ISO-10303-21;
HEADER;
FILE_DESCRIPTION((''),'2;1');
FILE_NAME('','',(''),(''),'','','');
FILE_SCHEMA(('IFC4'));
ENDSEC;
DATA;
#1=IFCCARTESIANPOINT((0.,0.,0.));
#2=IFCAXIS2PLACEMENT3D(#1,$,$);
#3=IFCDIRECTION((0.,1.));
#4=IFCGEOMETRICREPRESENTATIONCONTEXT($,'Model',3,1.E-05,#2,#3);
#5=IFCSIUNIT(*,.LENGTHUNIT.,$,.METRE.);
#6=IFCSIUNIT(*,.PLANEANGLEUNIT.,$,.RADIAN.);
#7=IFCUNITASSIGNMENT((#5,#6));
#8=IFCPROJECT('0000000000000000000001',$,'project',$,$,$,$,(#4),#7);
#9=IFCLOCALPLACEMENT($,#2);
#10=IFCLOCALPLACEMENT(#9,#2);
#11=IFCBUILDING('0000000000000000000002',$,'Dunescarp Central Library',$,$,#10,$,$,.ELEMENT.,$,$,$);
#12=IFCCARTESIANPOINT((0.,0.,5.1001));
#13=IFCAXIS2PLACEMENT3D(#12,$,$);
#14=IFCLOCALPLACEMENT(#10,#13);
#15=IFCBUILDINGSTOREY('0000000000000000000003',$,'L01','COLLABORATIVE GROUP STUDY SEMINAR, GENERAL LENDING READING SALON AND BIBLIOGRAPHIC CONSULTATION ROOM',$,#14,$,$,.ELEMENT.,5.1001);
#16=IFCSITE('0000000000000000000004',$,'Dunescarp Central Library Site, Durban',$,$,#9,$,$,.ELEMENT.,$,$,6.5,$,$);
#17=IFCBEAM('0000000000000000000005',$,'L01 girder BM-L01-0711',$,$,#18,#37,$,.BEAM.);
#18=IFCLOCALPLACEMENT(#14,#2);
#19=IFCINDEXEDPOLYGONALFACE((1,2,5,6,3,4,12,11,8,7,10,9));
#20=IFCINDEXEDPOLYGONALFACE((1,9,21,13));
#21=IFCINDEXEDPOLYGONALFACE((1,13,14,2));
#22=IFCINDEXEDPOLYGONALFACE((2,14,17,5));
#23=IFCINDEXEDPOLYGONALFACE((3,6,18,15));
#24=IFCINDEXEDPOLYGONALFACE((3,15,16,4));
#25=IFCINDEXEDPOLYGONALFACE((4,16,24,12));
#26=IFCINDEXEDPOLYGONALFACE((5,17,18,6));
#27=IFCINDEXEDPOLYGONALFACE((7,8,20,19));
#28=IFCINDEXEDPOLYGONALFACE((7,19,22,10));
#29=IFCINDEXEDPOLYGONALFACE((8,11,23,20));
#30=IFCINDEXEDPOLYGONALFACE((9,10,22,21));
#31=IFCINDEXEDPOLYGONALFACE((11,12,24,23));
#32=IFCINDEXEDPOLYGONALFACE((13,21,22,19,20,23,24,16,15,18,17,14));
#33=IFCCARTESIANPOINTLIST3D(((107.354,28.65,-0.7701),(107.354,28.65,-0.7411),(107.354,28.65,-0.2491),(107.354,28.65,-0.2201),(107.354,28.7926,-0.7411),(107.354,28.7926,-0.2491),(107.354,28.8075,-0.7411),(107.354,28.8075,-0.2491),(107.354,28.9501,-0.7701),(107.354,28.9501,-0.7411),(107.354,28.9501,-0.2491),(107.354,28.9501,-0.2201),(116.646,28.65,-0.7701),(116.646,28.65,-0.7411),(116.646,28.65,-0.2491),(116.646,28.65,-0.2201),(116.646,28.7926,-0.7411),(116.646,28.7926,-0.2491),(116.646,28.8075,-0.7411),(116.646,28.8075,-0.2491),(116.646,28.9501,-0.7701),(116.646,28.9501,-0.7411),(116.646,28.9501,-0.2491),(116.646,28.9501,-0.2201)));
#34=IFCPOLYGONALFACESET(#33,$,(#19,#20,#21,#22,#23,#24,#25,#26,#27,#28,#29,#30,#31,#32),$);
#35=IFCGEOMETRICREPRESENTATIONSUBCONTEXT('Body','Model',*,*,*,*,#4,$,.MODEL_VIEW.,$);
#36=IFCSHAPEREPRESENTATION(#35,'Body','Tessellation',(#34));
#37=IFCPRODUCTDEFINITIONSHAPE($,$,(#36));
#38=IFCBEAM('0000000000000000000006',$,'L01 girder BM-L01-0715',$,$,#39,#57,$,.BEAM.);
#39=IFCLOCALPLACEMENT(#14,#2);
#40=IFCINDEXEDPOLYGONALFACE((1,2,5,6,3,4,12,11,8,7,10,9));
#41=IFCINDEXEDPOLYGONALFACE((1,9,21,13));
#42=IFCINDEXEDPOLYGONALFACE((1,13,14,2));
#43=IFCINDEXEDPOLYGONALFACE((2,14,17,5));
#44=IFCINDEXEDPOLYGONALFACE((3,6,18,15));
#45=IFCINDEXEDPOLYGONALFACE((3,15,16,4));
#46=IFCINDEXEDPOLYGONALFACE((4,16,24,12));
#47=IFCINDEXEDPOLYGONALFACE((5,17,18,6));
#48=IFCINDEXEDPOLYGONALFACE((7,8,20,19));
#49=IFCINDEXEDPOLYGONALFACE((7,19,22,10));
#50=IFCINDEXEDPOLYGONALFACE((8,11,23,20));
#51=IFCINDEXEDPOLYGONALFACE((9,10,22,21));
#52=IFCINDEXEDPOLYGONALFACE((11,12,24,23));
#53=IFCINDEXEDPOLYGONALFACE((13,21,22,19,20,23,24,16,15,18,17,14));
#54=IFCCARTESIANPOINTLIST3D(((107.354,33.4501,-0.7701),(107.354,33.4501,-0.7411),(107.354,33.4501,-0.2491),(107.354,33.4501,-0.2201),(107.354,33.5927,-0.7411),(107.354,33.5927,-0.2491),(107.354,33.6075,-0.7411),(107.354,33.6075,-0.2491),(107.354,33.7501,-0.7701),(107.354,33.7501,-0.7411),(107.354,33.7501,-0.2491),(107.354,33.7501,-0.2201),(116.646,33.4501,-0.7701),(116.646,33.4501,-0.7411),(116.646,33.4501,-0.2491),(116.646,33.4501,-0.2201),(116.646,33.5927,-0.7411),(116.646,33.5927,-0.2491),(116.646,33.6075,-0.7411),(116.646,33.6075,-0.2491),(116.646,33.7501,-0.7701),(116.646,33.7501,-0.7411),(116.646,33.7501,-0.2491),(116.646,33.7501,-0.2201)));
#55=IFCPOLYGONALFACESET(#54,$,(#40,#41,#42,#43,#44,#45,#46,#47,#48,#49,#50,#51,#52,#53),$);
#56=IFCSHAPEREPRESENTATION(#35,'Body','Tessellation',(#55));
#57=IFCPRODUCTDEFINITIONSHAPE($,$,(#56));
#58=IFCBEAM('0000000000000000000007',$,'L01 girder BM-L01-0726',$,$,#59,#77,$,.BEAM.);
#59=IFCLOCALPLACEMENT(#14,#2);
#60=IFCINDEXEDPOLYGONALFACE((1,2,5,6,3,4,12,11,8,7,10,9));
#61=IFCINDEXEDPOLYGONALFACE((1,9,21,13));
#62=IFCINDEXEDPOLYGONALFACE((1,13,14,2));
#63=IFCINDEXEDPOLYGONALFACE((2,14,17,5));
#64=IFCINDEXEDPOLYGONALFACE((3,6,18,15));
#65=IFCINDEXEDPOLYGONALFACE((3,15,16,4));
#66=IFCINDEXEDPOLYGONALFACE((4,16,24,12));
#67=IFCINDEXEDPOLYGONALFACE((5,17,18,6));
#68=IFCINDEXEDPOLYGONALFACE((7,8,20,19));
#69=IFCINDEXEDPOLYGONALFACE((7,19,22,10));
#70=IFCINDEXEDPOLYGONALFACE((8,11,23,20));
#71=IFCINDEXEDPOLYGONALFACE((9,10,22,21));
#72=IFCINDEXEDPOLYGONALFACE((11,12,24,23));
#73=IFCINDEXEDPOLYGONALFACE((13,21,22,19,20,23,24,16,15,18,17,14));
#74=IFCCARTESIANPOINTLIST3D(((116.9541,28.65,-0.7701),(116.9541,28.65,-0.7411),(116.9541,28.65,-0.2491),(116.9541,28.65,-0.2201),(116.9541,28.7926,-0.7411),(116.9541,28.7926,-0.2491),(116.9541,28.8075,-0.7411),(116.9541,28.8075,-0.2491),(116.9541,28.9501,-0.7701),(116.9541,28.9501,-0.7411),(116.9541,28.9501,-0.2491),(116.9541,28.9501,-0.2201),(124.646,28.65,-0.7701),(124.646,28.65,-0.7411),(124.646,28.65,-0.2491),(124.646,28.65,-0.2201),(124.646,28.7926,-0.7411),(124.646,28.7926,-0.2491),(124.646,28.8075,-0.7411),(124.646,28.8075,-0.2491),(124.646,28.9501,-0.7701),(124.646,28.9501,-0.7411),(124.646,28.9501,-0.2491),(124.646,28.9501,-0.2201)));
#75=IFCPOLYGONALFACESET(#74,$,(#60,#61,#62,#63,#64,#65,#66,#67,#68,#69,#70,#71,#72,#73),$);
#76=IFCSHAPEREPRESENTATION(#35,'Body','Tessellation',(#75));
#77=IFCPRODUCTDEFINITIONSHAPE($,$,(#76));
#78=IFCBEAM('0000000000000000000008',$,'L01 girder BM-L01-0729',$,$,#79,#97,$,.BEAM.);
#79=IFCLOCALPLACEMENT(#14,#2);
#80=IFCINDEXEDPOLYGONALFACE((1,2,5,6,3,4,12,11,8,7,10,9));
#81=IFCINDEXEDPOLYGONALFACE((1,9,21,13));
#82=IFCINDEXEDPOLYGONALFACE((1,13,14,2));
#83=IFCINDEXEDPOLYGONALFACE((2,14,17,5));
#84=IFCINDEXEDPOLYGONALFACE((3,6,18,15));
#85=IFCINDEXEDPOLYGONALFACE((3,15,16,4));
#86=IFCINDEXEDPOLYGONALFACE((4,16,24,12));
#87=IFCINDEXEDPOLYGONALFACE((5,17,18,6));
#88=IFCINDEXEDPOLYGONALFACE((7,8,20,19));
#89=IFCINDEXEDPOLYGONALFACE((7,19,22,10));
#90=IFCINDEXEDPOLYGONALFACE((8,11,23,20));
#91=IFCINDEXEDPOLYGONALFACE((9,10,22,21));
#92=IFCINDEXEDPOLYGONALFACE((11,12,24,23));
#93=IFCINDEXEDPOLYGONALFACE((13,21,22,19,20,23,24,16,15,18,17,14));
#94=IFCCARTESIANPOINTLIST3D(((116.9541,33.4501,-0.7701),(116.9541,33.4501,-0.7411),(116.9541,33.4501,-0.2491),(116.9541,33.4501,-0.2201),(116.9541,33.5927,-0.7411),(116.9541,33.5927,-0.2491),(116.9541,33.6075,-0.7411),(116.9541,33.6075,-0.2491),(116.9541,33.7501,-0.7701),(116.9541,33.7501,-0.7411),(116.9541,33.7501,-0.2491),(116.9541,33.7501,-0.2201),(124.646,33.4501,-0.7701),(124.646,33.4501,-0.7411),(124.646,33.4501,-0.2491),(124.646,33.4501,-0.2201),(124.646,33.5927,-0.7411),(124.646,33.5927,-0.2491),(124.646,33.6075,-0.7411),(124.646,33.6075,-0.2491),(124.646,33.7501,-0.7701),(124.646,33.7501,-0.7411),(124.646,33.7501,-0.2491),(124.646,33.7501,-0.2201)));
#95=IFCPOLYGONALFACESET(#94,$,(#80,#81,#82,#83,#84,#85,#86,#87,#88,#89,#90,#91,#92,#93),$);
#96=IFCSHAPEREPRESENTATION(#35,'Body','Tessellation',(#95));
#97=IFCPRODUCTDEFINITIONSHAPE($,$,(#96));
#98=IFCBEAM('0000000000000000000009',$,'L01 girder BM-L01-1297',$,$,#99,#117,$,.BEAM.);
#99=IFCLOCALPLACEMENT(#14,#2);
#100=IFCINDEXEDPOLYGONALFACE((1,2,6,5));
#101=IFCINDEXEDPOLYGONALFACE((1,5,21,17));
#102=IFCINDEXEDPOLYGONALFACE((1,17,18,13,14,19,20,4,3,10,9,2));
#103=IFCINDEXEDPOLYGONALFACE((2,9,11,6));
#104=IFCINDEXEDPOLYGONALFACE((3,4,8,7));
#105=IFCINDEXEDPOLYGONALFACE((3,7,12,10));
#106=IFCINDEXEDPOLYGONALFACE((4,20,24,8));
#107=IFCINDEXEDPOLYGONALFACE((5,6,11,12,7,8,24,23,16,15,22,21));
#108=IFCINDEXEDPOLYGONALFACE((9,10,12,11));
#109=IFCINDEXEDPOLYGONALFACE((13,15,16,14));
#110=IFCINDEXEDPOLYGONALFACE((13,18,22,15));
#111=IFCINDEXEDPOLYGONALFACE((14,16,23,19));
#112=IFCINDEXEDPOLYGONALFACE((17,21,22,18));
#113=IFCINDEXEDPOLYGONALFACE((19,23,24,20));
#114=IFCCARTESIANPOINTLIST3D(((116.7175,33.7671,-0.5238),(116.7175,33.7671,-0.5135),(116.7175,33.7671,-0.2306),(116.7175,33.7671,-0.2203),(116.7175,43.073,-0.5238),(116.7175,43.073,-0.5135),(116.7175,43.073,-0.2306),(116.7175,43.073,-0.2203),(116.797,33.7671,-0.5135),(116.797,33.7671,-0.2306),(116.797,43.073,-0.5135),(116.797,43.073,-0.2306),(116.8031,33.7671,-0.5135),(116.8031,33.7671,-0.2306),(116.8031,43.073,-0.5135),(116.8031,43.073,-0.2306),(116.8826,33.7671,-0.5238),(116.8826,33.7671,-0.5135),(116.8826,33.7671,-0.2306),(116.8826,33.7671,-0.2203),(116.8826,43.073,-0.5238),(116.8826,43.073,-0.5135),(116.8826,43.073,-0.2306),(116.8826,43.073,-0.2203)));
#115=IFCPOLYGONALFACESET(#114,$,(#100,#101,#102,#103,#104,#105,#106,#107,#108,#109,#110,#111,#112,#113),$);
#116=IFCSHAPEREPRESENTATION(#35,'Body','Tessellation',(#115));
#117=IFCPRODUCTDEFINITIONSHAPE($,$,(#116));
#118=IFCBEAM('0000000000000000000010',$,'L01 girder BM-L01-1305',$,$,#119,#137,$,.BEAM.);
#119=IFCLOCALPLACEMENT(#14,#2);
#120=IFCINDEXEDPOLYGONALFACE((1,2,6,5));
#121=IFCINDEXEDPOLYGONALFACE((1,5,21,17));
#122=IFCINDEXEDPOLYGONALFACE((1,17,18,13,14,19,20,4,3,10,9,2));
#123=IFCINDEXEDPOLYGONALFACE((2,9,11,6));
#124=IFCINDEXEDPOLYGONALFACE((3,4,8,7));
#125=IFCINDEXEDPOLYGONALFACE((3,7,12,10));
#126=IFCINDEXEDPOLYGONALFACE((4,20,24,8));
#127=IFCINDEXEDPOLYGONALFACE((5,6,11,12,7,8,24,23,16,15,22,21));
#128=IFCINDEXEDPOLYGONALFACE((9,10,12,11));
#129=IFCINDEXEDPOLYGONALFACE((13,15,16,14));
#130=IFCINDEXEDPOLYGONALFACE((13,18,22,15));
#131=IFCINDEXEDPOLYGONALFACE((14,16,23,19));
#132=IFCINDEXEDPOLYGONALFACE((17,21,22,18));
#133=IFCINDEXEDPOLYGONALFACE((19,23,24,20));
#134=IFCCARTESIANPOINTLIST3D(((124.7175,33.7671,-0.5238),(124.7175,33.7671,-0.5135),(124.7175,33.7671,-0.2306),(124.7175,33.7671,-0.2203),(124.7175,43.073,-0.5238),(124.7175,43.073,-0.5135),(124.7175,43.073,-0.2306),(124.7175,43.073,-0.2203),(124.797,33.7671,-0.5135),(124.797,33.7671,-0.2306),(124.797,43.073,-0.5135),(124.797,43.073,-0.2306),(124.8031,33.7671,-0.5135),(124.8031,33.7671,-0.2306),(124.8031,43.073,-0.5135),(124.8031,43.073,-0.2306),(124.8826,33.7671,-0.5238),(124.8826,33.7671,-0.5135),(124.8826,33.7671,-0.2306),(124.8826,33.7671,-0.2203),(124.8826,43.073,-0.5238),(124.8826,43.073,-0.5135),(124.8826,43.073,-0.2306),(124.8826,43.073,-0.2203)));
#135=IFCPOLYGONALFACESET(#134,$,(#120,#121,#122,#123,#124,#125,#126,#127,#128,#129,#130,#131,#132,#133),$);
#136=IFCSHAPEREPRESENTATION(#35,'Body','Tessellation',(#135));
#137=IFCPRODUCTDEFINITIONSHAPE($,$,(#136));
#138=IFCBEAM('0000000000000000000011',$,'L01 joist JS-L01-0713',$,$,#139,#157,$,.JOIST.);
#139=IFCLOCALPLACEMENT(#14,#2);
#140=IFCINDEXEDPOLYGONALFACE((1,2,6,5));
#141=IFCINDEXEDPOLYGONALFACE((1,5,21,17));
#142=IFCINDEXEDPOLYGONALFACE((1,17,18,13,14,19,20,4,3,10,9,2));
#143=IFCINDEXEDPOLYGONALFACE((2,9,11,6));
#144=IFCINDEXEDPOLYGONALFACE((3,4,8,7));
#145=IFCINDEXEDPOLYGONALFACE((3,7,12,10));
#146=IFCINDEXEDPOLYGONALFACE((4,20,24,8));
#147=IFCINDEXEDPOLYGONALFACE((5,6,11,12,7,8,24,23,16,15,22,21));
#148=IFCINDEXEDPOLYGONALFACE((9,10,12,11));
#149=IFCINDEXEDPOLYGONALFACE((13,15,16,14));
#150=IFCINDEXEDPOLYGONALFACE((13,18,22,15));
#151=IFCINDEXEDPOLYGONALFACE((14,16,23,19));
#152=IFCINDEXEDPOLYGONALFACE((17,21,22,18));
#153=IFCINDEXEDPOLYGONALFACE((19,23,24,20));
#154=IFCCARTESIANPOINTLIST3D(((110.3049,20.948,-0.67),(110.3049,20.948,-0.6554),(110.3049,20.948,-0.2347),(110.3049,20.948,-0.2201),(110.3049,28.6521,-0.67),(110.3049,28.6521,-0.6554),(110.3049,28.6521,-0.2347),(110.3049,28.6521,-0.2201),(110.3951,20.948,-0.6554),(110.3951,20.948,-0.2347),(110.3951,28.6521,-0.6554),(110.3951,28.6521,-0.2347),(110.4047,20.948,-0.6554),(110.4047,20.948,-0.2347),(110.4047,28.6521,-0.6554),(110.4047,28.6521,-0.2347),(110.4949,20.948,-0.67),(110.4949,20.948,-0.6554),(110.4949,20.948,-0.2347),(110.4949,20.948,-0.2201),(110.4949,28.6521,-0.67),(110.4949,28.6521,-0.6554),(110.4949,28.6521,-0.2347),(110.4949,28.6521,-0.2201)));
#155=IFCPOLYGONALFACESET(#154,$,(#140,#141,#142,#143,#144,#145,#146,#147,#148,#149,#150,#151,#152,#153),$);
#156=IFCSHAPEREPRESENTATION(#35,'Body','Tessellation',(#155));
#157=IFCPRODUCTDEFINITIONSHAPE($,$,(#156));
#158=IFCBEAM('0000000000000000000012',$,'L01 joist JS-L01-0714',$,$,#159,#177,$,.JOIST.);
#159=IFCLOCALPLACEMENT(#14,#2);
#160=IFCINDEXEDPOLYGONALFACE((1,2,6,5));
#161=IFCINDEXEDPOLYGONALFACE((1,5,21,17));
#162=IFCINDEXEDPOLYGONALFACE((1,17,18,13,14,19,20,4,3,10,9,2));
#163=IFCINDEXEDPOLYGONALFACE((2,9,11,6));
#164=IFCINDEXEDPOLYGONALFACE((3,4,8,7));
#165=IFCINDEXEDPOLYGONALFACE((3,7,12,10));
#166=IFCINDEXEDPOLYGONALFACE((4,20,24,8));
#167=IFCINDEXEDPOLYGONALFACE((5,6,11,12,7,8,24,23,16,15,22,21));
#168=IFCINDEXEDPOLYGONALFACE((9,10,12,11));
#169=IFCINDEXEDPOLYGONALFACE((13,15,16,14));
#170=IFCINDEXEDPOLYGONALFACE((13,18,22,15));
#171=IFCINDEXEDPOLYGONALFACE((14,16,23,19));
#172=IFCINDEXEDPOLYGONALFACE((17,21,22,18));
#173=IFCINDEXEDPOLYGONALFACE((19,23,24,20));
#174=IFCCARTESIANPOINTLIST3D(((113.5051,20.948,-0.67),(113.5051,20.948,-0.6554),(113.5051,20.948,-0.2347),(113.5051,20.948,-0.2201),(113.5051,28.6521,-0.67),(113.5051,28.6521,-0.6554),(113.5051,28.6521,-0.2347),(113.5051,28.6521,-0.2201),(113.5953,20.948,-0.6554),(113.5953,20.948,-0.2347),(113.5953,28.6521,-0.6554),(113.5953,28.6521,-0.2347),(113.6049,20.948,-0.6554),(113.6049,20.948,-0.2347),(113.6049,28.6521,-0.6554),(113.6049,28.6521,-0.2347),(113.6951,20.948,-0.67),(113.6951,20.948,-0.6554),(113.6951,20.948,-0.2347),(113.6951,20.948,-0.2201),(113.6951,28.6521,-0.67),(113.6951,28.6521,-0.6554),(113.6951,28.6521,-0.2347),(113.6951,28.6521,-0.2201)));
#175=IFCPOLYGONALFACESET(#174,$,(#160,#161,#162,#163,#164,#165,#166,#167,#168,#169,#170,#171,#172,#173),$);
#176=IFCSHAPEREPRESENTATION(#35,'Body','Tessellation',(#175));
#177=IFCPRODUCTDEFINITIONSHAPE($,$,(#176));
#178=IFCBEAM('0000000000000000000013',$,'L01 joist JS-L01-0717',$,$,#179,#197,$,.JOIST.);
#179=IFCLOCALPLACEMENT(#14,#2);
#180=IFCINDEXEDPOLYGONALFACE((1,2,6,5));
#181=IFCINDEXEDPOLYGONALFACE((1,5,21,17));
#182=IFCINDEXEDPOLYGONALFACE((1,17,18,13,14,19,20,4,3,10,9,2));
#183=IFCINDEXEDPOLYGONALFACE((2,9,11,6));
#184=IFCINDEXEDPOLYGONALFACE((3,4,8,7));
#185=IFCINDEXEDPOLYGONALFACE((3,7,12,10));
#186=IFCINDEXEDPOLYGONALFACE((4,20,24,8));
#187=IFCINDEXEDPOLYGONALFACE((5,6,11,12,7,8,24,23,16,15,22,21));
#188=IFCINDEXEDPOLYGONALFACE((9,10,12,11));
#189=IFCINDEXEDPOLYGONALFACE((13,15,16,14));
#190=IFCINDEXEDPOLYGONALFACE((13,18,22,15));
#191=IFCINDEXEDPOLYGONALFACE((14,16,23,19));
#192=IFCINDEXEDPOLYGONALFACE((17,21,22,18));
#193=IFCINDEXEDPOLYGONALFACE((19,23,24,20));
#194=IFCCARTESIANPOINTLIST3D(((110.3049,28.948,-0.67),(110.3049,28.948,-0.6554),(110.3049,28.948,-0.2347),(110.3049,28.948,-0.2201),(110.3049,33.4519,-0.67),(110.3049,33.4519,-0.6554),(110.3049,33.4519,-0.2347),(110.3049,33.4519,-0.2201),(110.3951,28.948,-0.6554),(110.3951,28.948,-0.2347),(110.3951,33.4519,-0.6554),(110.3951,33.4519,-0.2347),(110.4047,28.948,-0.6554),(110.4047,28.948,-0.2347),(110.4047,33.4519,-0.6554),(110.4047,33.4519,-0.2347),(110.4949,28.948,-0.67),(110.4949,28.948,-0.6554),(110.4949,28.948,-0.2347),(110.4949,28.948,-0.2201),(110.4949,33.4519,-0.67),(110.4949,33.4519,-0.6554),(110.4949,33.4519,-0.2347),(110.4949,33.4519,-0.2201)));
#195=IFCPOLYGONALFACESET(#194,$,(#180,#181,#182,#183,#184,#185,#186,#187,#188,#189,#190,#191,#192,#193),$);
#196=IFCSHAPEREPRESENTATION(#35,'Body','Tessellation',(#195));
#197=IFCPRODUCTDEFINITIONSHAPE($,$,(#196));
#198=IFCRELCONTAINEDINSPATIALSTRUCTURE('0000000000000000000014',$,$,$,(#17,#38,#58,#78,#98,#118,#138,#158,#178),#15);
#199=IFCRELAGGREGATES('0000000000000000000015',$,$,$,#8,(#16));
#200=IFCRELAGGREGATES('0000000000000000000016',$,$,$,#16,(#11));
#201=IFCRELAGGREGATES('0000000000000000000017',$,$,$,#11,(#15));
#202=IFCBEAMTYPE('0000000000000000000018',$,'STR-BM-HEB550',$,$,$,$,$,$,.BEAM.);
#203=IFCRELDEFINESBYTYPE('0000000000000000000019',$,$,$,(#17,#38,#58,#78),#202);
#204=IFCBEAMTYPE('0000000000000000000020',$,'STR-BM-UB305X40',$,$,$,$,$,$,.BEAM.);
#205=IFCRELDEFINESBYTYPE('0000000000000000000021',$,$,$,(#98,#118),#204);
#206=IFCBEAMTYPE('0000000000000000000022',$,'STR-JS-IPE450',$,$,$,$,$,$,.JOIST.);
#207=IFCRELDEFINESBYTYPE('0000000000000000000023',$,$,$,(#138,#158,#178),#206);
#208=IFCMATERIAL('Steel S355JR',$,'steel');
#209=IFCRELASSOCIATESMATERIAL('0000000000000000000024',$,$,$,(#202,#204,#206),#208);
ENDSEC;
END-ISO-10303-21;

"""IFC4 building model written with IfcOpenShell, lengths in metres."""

from ifc_helpers import new_model, si_unit, direction, frame, origin, origin_2d, place, context, subcontext, project, spatial, i_section, extrude, material, material_profile, profile_set, type_object, element, save


model = new_model("IFC4")

# Units and contexts
model_context = context("Model", 3, precision=1e-05, world=origin(), true_north=direction((0.0, 1.0)))
body_context = subcontext(model_context, "Body", "Model", "MODEL_VIEW")
ifc_project = project(units=[si_unit("LENGTHUNIT", "METRE"), si_unit("PLANEANGLEUNIT", "RADIAN")], contexts=[model_context])

# Site, building, storey
site_placement = place(None, origin())
site = spatial("IfcSite", under=ifc_project, at=site_placement, Name="Dunescarp Central Library Site, Durban", CompositionType="ELEMENT", RefElevation=6.5)
building_placement = place(site_placement, origin())
building = spatial("IfcBuilding", under=site, at=building_placement, Name="Dunescarp Central Library", CompositionType="ELEMENT")
storey_placement = place(building_placement, frame((0.0, 0.0, 5.1001)))
storey = spatial("IfcBuildingStorey", under=building, at=storey_placement, Name="L01", Description="COLLABORATIVE GROUP STUDY SEMINAR, GENERAL LENDING READING SALON AND BIBLIOGRAPHIC CONSULTATION ROOM", CompositionType="ELEMENT", Elevation=5.1001)

# Shared definitions
ifc_material_1 = material(Name="Steel S355JR", Category="steel")

# Beams
ifc_material_profile_1 = material_profile(ifc_material_1, i_section(OverallWidth=0.3, OverallDepth=0.55, WebThickness=0.0149, FlangeThickness=0.0291, at=origin_2d()), Name="HEB 550")
ifc_profile_set_1 = profile_set([ifc_material_profile_1], Name="Steel S355JR")
beam_type_1 = type_object("IfcBeamType", Name="STR-BM-HEB550", PredefinedType="BEAM", material=ifc_profile_set_1)
for number, where, z_axis, x_axis, name in (
    (1, (107.354, 28.8, -0.4951), (1.0, 0.0, 0.0), (0.0, 1.0, 0.0), "L01 girder BM-L01-0711"),
    (2, (107.354, 33.6001, -0.4951), (1.0, 0.0, 0.0), (0.0, 1.0, 0.0), "L01 girder BM-L01-0715"),
):
    element("IfcBeam", number, at=place(storey_placement, frame(where, z_axis=z_axis, x_axis=x_axis)), inside=storey, type_object=beam_type_1, Name=name, PredefinedType="BEAM", context=body_context, shape_type="SweptSolid", body=[
        extrude(i_section(OverallWidth=0.3, OverallDepth=0.55, WebThickness=0.0149, FlangeThickness=0.0291, at=origin_2d()), origin(), (0.0, 0.0, 1.0), 9.292),
    ])
for number, where, z_axis, x_axis, name in (
    (3, (116.9541, 28.8, -0.4951), (1.0, 0.0, 0.0), (0.0, 1.0, 0.0), "L01 girder BM-L01-0726"),
    (4, (116.9541, 33.6001, -0.4951), (1.0, 0.0, 0.0), (0.0, 1.0, 0.0), "L01 girder BM-L01-0729"),
):
    element("IfcBeam", number, at=place(storey_placement, frame(where, z_axis=z_axis, x_axis=x_axis)), inside=storey, type_object=beam_type_1, Name=name, PredefinedType="BEAM", context=body_context, shape_type="SweptSolid", body=[
        extrude(i_section(OverallWidth=0.3, OverallDepth=0.55, WebThickness=0.0149, FlangeThickness=0.0291, at=origin_2d()), origin(), (0.0, 0.0, 1.0), 7.6919),
    ])
ifc_material_profile_2 = material_profile(ifc_material_1, i_section(OverallWidth=0.165, OverallDepth=0.3035, WebThickness=0.0061, FlangeThickness=0.0103, at=origin_2d()), Name="UB 305x165x40")
ifc_profile_set_2 = profile_set([ifc_material_profile_2], Name="Steel S355JR")
beam_type_2 = type_object("IfcBeamType", Name="STR-BM-UB305X40", PredefinedType="BEAM", material=ifc_profile_set_2)
for number, where, z_axis, x_axis, name in (
    (5, (116.8, 33.7671, -0.3721), (0.0, 1.0, 0.0), (-1.0, 0.0, 0.0), "L01 girder BM-L01-1297"),
    (6, (124.8, 33.7671, -0.3721), (0.0, 1.0, 0.0), (-1.0, 0.0, 0.0), "L01 girder BM-L01-1305"),
):
    element("IfcBeam", number, at=place(storey_placement, frame(where, z_axis=z_axis, x_axis=x_axis)), inside=storey, type_object=beam_type_2, Name=name, PredefinedType="BEAM", context=body_context, shape_type="SweptSolid", body=[
        extrude(i_section(OverallWidth=0.165, OverallDepth=0.3035, WebThickness=0.0061, FlangeThickness=0.0103, at=origin_2d()), origin(), (0.0, 0.0, 1.0), 9.3059),
    ])
ifc_material_profile_3 = material_profile(ifc_material_1, i_section(OverallWidth=0.1899, OverallDepth=0.45, WebThickness=0.0095, FlangeThickness=0.0146, at=origin_2d()), Name="IPE 450")
ifc_profile_set_3 = profile_set([ifc_material_profile_3], Name="Steel S355JR")
beam_type_3 = type_object("IfcBeamType", Name="STR-JS-IPE450", PredefinedType="JOIST", material=ifc_profile_set_3)
for number, where, z_axis, x_axis, name in (
    (7, (110.3999, 20.948, -0.4451), (0.0, 1.0, 0.0), (-1.0, 0.0, 0.0), "L01 joist JS-L01-0713"),
    (8, (113.6001, 20.948, -0.4451), (0.0, 1.0, 0.0), (-1.0, 0.0, 0.0), "L01 joist JS-L01-0714"),
):
    element("IfcBeam", number, at=place(storey_placement, frame(where, z_axis=z_axis, x_axis=x_axis)), inside=storey, type_object=beam_type_3, Name=name, PredefinedType="JOIST", context=body_context, shape_type="SweptSolid", body=[
        extrude(i_section(OverallWidth=0.1899, OverallDepth=0.45, WebThickness=0.0095, FlangeThickness=0.0146, at=origin_2d()), origin(), (0.0, 0.0, 1.0), 7.7041),
    ])
for number, where, z_axis, x_axis, name in (
    (9, (110.3999, 28.948, -0.4451), (0.0, 1.0, 0.0), (-1.0, 0.0, 0.0), "L01 joist JS-L01-0717"),
):
    element("IfcBeam", number, at=place(storey_placement, frame(where, z_axis=z_axis, x_axis=x_axis)), inside=storey, type_object=beam_type_3, Name=name, PredefinedType="JOIST", context=body_context, shape_type="SweptSolid", body=[
        extrude(i_section(OverallWidth=0.1899, OverallDepth=0.45, WebThickness=0.0095, FlangeThickness=0.0146, at=origin_2d()), origin(), (0.0, 0.0, 1.0), 4.5039),
    ])

save(model, "model.ifc")
